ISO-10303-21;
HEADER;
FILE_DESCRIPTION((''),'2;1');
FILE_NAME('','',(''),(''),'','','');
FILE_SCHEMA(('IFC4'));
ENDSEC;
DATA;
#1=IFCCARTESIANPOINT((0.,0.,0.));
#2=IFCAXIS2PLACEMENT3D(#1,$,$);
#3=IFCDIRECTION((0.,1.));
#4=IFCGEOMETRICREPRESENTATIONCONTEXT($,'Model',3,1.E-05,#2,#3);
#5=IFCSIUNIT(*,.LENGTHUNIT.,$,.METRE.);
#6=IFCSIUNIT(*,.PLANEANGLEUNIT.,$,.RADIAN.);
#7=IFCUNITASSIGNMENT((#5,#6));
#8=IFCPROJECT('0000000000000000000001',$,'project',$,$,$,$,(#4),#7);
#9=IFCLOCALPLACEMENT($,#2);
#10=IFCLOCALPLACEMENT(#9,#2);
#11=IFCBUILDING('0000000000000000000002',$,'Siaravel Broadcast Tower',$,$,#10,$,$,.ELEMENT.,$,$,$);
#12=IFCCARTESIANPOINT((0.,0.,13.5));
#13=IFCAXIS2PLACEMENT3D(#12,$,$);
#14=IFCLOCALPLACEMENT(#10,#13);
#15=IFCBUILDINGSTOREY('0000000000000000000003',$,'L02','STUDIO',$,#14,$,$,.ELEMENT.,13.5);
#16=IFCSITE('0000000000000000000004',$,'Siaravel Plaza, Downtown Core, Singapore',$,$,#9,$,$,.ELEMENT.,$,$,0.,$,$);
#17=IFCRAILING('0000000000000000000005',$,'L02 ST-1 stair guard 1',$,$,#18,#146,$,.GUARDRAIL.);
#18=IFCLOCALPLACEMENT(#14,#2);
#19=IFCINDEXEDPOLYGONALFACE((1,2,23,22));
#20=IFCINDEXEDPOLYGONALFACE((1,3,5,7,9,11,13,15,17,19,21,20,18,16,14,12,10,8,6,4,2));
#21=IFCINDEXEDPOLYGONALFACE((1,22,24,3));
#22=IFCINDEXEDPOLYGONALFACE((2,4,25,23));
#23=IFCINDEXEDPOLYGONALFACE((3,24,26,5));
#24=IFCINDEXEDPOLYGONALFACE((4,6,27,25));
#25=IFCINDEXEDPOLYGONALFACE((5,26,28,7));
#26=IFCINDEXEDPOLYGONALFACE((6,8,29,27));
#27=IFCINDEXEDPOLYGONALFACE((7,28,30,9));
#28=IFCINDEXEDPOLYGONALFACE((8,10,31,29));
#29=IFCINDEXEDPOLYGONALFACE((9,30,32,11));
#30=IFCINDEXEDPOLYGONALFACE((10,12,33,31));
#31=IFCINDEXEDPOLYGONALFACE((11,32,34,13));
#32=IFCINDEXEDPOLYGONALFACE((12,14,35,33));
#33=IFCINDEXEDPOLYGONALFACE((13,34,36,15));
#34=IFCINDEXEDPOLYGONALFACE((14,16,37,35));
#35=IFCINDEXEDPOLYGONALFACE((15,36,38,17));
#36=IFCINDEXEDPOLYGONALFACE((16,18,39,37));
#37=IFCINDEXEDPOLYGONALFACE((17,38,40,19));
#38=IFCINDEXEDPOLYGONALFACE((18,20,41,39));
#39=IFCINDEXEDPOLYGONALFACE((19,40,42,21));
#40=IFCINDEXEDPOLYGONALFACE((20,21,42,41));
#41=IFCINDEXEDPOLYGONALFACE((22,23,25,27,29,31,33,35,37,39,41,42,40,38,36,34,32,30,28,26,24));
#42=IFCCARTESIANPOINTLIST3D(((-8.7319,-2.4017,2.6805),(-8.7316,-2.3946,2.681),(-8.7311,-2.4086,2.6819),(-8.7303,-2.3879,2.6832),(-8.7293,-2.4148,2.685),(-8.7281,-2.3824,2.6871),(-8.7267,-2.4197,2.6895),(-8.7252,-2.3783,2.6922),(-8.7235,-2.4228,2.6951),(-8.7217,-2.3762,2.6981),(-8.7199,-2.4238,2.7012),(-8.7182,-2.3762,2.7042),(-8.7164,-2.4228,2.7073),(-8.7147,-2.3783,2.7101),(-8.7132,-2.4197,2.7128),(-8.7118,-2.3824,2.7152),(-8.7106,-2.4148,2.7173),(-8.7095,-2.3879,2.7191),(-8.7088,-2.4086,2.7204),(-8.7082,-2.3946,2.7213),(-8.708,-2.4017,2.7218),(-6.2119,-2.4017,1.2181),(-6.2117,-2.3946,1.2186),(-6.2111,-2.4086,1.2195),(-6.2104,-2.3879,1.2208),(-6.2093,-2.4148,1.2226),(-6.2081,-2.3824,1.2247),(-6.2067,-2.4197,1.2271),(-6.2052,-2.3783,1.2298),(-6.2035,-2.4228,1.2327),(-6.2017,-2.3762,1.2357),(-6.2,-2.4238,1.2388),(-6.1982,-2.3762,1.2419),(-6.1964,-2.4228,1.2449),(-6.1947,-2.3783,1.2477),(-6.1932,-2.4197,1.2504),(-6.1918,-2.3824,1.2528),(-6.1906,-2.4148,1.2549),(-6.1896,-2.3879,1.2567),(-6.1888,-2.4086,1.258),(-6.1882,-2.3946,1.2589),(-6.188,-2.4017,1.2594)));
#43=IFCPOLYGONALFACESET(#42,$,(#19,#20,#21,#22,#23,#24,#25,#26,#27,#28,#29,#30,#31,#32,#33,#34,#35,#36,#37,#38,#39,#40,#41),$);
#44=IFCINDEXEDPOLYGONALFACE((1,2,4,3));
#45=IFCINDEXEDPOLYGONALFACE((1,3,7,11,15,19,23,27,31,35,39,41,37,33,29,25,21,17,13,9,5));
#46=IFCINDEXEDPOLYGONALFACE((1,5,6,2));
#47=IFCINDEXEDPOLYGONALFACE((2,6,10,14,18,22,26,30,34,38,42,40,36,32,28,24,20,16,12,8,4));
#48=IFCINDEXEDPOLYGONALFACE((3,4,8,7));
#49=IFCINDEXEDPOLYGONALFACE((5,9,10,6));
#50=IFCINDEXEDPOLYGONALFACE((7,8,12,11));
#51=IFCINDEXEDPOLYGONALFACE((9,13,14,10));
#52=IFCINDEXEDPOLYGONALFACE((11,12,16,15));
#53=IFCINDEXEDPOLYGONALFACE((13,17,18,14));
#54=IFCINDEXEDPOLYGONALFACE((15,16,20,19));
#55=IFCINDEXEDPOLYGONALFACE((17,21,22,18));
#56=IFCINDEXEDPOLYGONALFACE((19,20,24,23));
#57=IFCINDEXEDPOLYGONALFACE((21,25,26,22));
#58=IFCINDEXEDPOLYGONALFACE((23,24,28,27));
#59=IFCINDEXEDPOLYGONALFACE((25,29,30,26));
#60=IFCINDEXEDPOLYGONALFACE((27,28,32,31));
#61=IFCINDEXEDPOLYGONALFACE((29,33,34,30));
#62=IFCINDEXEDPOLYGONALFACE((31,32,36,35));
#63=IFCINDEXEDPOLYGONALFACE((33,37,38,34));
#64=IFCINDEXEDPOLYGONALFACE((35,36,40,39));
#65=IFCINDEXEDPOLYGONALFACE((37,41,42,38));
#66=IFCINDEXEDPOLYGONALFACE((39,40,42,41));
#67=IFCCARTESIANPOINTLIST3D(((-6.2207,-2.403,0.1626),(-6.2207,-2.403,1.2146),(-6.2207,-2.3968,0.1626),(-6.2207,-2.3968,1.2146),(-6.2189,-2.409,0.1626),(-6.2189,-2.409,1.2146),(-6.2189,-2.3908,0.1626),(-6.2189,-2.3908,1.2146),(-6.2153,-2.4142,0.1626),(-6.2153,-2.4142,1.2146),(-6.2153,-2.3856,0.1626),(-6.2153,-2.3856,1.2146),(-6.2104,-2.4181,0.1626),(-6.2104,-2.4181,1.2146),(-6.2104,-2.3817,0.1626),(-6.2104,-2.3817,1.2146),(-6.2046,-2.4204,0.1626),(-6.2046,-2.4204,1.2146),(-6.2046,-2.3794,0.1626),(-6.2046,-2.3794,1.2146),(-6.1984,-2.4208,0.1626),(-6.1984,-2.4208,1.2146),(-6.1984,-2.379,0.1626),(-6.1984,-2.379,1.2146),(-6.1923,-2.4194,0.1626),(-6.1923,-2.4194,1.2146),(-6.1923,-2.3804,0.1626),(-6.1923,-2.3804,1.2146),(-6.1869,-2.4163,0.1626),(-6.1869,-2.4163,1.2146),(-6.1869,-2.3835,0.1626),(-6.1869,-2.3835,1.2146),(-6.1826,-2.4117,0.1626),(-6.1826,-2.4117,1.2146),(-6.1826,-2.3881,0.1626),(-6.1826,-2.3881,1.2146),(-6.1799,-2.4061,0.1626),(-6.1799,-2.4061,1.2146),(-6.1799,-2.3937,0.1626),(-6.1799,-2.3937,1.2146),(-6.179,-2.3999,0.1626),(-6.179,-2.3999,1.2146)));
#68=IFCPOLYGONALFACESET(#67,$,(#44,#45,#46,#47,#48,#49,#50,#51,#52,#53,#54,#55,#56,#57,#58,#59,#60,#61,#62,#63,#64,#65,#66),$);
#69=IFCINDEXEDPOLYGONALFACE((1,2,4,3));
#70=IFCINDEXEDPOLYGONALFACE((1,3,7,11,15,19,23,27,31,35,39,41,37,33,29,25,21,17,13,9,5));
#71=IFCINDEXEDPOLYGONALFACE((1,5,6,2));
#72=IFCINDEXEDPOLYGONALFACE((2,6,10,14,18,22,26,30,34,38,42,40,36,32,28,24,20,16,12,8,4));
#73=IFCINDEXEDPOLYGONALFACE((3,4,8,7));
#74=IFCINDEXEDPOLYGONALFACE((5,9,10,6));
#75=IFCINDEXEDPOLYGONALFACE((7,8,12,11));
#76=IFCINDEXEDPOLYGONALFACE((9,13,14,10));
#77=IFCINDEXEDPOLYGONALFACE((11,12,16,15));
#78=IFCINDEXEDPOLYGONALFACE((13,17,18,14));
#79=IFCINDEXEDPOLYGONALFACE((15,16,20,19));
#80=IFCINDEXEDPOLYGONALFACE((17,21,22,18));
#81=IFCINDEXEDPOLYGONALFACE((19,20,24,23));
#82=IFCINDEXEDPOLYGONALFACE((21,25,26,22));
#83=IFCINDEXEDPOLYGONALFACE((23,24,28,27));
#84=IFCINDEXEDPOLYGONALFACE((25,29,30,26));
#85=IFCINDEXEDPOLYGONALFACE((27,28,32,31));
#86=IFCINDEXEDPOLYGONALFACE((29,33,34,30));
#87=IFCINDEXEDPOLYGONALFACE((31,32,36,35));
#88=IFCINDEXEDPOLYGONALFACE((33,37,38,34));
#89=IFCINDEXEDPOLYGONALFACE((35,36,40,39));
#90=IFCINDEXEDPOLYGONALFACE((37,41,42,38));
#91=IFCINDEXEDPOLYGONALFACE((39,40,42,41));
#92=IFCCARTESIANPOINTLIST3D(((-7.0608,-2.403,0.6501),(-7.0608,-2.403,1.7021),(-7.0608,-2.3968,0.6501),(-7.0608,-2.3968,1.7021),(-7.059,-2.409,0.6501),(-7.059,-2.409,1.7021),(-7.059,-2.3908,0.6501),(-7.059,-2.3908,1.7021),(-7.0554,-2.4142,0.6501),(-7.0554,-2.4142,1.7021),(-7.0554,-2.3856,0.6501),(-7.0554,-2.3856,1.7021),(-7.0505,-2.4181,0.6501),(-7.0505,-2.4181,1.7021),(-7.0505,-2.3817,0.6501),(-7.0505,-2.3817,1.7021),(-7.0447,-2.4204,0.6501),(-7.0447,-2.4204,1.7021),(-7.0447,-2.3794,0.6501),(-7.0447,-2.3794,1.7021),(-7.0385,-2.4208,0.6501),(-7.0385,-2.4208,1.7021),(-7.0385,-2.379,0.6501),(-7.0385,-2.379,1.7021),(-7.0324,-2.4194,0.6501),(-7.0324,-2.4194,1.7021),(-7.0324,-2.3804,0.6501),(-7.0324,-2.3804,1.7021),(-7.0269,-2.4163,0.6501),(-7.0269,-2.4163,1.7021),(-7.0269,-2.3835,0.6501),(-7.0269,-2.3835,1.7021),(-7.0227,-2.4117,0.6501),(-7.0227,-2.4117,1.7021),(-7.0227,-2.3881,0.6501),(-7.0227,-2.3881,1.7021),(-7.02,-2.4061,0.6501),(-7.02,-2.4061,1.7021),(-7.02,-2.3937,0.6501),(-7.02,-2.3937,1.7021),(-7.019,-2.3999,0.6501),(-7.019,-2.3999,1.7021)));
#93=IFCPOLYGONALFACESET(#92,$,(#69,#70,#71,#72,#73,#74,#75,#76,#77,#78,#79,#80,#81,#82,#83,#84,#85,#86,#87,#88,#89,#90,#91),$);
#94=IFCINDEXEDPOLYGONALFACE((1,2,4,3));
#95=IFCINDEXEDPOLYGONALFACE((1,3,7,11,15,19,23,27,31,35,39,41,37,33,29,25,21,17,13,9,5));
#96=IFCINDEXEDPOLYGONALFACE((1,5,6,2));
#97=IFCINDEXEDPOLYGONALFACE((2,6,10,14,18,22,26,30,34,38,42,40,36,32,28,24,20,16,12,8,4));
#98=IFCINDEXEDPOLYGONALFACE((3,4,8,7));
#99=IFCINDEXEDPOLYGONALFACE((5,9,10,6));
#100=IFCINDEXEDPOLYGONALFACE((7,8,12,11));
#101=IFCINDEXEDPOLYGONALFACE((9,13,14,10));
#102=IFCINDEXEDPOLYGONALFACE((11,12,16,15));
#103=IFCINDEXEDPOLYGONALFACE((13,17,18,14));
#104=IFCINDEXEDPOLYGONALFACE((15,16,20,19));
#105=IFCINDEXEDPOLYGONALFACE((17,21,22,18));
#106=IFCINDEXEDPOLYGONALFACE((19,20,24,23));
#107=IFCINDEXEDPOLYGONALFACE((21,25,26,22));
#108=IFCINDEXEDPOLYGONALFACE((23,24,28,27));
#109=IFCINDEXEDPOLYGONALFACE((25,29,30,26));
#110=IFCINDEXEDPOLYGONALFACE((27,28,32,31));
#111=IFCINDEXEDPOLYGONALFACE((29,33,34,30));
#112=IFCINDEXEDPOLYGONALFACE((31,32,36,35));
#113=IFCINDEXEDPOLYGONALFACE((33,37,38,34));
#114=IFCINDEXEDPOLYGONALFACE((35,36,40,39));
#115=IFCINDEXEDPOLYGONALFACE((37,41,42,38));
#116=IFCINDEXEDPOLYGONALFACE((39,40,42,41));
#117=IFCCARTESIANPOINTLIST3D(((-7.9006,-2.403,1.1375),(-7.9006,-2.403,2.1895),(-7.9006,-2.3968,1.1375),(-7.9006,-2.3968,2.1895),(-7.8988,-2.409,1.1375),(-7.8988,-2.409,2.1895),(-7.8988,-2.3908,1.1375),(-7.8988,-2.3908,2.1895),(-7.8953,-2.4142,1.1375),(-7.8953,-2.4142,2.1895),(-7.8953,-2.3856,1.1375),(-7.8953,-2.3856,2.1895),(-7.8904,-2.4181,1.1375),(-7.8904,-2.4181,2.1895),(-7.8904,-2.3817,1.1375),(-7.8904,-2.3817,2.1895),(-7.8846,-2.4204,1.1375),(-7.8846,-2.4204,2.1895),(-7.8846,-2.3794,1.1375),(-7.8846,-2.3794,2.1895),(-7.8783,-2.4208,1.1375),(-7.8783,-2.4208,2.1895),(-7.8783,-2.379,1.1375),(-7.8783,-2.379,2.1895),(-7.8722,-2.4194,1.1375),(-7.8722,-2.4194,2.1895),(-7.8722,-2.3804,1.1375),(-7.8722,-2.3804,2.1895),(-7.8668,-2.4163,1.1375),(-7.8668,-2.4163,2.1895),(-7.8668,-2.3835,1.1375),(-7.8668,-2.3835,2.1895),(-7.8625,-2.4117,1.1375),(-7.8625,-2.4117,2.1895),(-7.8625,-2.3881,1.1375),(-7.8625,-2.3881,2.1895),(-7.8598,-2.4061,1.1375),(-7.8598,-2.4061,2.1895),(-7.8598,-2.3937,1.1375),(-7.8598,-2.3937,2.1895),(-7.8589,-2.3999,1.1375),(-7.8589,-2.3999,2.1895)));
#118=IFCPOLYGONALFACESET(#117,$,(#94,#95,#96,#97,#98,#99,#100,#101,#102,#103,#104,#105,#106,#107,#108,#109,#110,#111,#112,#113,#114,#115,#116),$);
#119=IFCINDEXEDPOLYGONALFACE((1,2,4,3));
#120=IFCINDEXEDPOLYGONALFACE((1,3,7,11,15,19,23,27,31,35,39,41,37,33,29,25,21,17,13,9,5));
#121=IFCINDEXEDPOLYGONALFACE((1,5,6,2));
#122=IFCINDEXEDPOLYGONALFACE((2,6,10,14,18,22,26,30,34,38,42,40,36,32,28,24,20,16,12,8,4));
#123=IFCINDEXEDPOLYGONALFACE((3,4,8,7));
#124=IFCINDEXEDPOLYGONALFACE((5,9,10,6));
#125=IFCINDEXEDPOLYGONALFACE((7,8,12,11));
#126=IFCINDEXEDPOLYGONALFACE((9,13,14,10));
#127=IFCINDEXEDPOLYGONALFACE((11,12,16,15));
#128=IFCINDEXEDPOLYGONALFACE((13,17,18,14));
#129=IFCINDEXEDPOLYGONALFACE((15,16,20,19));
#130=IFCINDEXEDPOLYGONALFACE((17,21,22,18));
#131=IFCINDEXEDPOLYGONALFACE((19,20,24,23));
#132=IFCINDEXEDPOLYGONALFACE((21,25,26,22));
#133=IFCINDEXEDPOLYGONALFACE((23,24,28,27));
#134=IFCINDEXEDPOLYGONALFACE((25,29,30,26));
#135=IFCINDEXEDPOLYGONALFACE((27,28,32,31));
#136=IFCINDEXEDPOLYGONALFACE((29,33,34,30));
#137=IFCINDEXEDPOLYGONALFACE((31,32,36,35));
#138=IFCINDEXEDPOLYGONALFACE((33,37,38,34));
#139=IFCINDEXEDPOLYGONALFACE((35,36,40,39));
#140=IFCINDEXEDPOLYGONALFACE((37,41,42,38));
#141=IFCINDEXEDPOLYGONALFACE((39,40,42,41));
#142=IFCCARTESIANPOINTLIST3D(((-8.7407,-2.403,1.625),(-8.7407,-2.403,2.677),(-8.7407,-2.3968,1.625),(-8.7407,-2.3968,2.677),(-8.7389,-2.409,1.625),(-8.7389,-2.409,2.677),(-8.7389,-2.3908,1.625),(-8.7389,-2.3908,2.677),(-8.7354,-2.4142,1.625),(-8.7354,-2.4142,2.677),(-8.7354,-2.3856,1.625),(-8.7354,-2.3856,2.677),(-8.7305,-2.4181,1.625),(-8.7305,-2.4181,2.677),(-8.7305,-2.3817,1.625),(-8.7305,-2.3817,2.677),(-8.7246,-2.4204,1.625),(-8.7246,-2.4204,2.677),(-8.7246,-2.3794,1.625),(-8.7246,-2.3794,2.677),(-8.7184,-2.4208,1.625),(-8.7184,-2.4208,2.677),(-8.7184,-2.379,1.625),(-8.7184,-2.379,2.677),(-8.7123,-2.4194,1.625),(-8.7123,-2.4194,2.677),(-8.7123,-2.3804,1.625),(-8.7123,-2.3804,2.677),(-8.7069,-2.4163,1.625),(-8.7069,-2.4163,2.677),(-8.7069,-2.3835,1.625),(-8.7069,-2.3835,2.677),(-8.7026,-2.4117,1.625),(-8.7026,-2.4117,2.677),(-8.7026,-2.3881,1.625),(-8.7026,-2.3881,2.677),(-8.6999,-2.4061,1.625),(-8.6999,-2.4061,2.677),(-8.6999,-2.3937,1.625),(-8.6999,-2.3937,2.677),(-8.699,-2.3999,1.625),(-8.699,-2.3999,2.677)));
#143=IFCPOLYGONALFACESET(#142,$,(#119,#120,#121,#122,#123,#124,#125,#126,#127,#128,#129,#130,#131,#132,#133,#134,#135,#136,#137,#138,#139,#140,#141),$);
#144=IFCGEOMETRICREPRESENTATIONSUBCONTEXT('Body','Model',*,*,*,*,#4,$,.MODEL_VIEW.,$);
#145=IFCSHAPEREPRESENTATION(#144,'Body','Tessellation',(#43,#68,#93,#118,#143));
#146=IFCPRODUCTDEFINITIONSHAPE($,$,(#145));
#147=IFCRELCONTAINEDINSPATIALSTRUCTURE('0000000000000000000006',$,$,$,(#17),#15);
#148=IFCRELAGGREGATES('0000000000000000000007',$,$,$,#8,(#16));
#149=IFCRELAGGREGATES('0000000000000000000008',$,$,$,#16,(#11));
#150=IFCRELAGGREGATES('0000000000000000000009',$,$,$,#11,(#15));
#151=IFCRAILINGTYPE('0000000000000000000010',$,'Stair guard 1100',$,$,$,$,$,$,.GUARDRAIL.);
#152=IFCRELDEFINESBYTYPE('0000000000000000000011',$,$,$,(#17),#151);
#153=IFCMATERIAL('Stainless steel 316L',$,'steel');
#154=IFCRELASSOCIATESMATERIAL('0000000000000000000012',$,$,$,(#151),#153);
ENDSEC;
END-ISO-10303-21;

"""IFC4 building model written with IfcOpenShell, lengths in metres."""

from ifc_helpers import new_model, si_unit, direction, frame, origin, origin_2d, place, context, subcontext, project, spatial, circle, extrude, material, type_object, element, save


model = new_model("IFC4")

# Units and contexts
model_context = context("Model", 3, precision=1e-05, world=origin(), true_north=direction((0.0, 1.0)))
body_context = subcontext(model_context, "Body", "Model", "MODEL_VIEW")
ifc_project = project(units=[si_unit("LENGTHUNIT", "METRE"), si_unit("PLANEANGLEUNIT", "RADIAN")], contexts=[model_context])

# Site, building, storey
site_placement = place(None, origin())
site = spatial("IfcSite", under=ifc_project, at=site_placement, Name="Siaravel Plaza, Downtown Core, Singapore", CompositionType="ELEMENT", RefElevation=0.0)
building_placement = place(site_placement, origin())
building = spatial("IfcBuilding", under=site, at=building_placement, Name="Siaravel Broadcast Tower", CompositionType="ELEMENT")
storey_placement = place(building_placement, frame((0.0, 0.0, 13.5)))
storey = spatial("IfcBuildingStorey", under=building, at=storey_placement, Name="L02", Description="STUDIO", CompositionType="ELEMENT", Elevation=13.5)

# Railing
ifc_material_1 = material(Name="Stainless steel 316L", Category="steel")
railing_type_1 = type_object("IfcRailingType", Name="Stair guard 1100", PredefinedType="GUARDRAIL", material=ifc_material_1)
railing_1_placement = place(storey_placement, frame((-6.2, -2.3999, 0.1626)))
element("IfcRailing", 1, at=railing_1_placement, inside=storey, type_object=railing_type_1, Name="L02 ST-1 stair guard 1", PredefinedType="GUARDRAIL", context=body_context, shape_type="SweptSolid", body=[
    extrude(circle(Radius=0.0239, at=origin_2d()), frame((0.0, 0.0, 1.0762), z_axis=(-0.864913, 0.0, 0.501921), x_axis=(0.0, -1.0, 0.0)), (0.0, 0.0, 1.0), 2.9136),
    extrude(circle(Radius=0.021, at=origin_2d()), origin(), (0.0, 0.0, 1.0), 1.052),
    extrude(circle(Radius=0.021, at=origin_2d()), frame((-0.8401, 0.0, 0.4875)), (0.0, 0.0, 1.0), 1.052),
    extrude(circle(Radius=0.021, at=origin_2d()), frame((-1.6799, 0.0, 0.9749)), (0.0, 0.0, 1.0), 1.052),
    extrude(circle(Radius=0.021, at=origin_2d()), frame((-2.52, 0.0, 1.4624)), (0.0, 0.0, 1.0), 1.052),
])

save(model, "model.ifc")
